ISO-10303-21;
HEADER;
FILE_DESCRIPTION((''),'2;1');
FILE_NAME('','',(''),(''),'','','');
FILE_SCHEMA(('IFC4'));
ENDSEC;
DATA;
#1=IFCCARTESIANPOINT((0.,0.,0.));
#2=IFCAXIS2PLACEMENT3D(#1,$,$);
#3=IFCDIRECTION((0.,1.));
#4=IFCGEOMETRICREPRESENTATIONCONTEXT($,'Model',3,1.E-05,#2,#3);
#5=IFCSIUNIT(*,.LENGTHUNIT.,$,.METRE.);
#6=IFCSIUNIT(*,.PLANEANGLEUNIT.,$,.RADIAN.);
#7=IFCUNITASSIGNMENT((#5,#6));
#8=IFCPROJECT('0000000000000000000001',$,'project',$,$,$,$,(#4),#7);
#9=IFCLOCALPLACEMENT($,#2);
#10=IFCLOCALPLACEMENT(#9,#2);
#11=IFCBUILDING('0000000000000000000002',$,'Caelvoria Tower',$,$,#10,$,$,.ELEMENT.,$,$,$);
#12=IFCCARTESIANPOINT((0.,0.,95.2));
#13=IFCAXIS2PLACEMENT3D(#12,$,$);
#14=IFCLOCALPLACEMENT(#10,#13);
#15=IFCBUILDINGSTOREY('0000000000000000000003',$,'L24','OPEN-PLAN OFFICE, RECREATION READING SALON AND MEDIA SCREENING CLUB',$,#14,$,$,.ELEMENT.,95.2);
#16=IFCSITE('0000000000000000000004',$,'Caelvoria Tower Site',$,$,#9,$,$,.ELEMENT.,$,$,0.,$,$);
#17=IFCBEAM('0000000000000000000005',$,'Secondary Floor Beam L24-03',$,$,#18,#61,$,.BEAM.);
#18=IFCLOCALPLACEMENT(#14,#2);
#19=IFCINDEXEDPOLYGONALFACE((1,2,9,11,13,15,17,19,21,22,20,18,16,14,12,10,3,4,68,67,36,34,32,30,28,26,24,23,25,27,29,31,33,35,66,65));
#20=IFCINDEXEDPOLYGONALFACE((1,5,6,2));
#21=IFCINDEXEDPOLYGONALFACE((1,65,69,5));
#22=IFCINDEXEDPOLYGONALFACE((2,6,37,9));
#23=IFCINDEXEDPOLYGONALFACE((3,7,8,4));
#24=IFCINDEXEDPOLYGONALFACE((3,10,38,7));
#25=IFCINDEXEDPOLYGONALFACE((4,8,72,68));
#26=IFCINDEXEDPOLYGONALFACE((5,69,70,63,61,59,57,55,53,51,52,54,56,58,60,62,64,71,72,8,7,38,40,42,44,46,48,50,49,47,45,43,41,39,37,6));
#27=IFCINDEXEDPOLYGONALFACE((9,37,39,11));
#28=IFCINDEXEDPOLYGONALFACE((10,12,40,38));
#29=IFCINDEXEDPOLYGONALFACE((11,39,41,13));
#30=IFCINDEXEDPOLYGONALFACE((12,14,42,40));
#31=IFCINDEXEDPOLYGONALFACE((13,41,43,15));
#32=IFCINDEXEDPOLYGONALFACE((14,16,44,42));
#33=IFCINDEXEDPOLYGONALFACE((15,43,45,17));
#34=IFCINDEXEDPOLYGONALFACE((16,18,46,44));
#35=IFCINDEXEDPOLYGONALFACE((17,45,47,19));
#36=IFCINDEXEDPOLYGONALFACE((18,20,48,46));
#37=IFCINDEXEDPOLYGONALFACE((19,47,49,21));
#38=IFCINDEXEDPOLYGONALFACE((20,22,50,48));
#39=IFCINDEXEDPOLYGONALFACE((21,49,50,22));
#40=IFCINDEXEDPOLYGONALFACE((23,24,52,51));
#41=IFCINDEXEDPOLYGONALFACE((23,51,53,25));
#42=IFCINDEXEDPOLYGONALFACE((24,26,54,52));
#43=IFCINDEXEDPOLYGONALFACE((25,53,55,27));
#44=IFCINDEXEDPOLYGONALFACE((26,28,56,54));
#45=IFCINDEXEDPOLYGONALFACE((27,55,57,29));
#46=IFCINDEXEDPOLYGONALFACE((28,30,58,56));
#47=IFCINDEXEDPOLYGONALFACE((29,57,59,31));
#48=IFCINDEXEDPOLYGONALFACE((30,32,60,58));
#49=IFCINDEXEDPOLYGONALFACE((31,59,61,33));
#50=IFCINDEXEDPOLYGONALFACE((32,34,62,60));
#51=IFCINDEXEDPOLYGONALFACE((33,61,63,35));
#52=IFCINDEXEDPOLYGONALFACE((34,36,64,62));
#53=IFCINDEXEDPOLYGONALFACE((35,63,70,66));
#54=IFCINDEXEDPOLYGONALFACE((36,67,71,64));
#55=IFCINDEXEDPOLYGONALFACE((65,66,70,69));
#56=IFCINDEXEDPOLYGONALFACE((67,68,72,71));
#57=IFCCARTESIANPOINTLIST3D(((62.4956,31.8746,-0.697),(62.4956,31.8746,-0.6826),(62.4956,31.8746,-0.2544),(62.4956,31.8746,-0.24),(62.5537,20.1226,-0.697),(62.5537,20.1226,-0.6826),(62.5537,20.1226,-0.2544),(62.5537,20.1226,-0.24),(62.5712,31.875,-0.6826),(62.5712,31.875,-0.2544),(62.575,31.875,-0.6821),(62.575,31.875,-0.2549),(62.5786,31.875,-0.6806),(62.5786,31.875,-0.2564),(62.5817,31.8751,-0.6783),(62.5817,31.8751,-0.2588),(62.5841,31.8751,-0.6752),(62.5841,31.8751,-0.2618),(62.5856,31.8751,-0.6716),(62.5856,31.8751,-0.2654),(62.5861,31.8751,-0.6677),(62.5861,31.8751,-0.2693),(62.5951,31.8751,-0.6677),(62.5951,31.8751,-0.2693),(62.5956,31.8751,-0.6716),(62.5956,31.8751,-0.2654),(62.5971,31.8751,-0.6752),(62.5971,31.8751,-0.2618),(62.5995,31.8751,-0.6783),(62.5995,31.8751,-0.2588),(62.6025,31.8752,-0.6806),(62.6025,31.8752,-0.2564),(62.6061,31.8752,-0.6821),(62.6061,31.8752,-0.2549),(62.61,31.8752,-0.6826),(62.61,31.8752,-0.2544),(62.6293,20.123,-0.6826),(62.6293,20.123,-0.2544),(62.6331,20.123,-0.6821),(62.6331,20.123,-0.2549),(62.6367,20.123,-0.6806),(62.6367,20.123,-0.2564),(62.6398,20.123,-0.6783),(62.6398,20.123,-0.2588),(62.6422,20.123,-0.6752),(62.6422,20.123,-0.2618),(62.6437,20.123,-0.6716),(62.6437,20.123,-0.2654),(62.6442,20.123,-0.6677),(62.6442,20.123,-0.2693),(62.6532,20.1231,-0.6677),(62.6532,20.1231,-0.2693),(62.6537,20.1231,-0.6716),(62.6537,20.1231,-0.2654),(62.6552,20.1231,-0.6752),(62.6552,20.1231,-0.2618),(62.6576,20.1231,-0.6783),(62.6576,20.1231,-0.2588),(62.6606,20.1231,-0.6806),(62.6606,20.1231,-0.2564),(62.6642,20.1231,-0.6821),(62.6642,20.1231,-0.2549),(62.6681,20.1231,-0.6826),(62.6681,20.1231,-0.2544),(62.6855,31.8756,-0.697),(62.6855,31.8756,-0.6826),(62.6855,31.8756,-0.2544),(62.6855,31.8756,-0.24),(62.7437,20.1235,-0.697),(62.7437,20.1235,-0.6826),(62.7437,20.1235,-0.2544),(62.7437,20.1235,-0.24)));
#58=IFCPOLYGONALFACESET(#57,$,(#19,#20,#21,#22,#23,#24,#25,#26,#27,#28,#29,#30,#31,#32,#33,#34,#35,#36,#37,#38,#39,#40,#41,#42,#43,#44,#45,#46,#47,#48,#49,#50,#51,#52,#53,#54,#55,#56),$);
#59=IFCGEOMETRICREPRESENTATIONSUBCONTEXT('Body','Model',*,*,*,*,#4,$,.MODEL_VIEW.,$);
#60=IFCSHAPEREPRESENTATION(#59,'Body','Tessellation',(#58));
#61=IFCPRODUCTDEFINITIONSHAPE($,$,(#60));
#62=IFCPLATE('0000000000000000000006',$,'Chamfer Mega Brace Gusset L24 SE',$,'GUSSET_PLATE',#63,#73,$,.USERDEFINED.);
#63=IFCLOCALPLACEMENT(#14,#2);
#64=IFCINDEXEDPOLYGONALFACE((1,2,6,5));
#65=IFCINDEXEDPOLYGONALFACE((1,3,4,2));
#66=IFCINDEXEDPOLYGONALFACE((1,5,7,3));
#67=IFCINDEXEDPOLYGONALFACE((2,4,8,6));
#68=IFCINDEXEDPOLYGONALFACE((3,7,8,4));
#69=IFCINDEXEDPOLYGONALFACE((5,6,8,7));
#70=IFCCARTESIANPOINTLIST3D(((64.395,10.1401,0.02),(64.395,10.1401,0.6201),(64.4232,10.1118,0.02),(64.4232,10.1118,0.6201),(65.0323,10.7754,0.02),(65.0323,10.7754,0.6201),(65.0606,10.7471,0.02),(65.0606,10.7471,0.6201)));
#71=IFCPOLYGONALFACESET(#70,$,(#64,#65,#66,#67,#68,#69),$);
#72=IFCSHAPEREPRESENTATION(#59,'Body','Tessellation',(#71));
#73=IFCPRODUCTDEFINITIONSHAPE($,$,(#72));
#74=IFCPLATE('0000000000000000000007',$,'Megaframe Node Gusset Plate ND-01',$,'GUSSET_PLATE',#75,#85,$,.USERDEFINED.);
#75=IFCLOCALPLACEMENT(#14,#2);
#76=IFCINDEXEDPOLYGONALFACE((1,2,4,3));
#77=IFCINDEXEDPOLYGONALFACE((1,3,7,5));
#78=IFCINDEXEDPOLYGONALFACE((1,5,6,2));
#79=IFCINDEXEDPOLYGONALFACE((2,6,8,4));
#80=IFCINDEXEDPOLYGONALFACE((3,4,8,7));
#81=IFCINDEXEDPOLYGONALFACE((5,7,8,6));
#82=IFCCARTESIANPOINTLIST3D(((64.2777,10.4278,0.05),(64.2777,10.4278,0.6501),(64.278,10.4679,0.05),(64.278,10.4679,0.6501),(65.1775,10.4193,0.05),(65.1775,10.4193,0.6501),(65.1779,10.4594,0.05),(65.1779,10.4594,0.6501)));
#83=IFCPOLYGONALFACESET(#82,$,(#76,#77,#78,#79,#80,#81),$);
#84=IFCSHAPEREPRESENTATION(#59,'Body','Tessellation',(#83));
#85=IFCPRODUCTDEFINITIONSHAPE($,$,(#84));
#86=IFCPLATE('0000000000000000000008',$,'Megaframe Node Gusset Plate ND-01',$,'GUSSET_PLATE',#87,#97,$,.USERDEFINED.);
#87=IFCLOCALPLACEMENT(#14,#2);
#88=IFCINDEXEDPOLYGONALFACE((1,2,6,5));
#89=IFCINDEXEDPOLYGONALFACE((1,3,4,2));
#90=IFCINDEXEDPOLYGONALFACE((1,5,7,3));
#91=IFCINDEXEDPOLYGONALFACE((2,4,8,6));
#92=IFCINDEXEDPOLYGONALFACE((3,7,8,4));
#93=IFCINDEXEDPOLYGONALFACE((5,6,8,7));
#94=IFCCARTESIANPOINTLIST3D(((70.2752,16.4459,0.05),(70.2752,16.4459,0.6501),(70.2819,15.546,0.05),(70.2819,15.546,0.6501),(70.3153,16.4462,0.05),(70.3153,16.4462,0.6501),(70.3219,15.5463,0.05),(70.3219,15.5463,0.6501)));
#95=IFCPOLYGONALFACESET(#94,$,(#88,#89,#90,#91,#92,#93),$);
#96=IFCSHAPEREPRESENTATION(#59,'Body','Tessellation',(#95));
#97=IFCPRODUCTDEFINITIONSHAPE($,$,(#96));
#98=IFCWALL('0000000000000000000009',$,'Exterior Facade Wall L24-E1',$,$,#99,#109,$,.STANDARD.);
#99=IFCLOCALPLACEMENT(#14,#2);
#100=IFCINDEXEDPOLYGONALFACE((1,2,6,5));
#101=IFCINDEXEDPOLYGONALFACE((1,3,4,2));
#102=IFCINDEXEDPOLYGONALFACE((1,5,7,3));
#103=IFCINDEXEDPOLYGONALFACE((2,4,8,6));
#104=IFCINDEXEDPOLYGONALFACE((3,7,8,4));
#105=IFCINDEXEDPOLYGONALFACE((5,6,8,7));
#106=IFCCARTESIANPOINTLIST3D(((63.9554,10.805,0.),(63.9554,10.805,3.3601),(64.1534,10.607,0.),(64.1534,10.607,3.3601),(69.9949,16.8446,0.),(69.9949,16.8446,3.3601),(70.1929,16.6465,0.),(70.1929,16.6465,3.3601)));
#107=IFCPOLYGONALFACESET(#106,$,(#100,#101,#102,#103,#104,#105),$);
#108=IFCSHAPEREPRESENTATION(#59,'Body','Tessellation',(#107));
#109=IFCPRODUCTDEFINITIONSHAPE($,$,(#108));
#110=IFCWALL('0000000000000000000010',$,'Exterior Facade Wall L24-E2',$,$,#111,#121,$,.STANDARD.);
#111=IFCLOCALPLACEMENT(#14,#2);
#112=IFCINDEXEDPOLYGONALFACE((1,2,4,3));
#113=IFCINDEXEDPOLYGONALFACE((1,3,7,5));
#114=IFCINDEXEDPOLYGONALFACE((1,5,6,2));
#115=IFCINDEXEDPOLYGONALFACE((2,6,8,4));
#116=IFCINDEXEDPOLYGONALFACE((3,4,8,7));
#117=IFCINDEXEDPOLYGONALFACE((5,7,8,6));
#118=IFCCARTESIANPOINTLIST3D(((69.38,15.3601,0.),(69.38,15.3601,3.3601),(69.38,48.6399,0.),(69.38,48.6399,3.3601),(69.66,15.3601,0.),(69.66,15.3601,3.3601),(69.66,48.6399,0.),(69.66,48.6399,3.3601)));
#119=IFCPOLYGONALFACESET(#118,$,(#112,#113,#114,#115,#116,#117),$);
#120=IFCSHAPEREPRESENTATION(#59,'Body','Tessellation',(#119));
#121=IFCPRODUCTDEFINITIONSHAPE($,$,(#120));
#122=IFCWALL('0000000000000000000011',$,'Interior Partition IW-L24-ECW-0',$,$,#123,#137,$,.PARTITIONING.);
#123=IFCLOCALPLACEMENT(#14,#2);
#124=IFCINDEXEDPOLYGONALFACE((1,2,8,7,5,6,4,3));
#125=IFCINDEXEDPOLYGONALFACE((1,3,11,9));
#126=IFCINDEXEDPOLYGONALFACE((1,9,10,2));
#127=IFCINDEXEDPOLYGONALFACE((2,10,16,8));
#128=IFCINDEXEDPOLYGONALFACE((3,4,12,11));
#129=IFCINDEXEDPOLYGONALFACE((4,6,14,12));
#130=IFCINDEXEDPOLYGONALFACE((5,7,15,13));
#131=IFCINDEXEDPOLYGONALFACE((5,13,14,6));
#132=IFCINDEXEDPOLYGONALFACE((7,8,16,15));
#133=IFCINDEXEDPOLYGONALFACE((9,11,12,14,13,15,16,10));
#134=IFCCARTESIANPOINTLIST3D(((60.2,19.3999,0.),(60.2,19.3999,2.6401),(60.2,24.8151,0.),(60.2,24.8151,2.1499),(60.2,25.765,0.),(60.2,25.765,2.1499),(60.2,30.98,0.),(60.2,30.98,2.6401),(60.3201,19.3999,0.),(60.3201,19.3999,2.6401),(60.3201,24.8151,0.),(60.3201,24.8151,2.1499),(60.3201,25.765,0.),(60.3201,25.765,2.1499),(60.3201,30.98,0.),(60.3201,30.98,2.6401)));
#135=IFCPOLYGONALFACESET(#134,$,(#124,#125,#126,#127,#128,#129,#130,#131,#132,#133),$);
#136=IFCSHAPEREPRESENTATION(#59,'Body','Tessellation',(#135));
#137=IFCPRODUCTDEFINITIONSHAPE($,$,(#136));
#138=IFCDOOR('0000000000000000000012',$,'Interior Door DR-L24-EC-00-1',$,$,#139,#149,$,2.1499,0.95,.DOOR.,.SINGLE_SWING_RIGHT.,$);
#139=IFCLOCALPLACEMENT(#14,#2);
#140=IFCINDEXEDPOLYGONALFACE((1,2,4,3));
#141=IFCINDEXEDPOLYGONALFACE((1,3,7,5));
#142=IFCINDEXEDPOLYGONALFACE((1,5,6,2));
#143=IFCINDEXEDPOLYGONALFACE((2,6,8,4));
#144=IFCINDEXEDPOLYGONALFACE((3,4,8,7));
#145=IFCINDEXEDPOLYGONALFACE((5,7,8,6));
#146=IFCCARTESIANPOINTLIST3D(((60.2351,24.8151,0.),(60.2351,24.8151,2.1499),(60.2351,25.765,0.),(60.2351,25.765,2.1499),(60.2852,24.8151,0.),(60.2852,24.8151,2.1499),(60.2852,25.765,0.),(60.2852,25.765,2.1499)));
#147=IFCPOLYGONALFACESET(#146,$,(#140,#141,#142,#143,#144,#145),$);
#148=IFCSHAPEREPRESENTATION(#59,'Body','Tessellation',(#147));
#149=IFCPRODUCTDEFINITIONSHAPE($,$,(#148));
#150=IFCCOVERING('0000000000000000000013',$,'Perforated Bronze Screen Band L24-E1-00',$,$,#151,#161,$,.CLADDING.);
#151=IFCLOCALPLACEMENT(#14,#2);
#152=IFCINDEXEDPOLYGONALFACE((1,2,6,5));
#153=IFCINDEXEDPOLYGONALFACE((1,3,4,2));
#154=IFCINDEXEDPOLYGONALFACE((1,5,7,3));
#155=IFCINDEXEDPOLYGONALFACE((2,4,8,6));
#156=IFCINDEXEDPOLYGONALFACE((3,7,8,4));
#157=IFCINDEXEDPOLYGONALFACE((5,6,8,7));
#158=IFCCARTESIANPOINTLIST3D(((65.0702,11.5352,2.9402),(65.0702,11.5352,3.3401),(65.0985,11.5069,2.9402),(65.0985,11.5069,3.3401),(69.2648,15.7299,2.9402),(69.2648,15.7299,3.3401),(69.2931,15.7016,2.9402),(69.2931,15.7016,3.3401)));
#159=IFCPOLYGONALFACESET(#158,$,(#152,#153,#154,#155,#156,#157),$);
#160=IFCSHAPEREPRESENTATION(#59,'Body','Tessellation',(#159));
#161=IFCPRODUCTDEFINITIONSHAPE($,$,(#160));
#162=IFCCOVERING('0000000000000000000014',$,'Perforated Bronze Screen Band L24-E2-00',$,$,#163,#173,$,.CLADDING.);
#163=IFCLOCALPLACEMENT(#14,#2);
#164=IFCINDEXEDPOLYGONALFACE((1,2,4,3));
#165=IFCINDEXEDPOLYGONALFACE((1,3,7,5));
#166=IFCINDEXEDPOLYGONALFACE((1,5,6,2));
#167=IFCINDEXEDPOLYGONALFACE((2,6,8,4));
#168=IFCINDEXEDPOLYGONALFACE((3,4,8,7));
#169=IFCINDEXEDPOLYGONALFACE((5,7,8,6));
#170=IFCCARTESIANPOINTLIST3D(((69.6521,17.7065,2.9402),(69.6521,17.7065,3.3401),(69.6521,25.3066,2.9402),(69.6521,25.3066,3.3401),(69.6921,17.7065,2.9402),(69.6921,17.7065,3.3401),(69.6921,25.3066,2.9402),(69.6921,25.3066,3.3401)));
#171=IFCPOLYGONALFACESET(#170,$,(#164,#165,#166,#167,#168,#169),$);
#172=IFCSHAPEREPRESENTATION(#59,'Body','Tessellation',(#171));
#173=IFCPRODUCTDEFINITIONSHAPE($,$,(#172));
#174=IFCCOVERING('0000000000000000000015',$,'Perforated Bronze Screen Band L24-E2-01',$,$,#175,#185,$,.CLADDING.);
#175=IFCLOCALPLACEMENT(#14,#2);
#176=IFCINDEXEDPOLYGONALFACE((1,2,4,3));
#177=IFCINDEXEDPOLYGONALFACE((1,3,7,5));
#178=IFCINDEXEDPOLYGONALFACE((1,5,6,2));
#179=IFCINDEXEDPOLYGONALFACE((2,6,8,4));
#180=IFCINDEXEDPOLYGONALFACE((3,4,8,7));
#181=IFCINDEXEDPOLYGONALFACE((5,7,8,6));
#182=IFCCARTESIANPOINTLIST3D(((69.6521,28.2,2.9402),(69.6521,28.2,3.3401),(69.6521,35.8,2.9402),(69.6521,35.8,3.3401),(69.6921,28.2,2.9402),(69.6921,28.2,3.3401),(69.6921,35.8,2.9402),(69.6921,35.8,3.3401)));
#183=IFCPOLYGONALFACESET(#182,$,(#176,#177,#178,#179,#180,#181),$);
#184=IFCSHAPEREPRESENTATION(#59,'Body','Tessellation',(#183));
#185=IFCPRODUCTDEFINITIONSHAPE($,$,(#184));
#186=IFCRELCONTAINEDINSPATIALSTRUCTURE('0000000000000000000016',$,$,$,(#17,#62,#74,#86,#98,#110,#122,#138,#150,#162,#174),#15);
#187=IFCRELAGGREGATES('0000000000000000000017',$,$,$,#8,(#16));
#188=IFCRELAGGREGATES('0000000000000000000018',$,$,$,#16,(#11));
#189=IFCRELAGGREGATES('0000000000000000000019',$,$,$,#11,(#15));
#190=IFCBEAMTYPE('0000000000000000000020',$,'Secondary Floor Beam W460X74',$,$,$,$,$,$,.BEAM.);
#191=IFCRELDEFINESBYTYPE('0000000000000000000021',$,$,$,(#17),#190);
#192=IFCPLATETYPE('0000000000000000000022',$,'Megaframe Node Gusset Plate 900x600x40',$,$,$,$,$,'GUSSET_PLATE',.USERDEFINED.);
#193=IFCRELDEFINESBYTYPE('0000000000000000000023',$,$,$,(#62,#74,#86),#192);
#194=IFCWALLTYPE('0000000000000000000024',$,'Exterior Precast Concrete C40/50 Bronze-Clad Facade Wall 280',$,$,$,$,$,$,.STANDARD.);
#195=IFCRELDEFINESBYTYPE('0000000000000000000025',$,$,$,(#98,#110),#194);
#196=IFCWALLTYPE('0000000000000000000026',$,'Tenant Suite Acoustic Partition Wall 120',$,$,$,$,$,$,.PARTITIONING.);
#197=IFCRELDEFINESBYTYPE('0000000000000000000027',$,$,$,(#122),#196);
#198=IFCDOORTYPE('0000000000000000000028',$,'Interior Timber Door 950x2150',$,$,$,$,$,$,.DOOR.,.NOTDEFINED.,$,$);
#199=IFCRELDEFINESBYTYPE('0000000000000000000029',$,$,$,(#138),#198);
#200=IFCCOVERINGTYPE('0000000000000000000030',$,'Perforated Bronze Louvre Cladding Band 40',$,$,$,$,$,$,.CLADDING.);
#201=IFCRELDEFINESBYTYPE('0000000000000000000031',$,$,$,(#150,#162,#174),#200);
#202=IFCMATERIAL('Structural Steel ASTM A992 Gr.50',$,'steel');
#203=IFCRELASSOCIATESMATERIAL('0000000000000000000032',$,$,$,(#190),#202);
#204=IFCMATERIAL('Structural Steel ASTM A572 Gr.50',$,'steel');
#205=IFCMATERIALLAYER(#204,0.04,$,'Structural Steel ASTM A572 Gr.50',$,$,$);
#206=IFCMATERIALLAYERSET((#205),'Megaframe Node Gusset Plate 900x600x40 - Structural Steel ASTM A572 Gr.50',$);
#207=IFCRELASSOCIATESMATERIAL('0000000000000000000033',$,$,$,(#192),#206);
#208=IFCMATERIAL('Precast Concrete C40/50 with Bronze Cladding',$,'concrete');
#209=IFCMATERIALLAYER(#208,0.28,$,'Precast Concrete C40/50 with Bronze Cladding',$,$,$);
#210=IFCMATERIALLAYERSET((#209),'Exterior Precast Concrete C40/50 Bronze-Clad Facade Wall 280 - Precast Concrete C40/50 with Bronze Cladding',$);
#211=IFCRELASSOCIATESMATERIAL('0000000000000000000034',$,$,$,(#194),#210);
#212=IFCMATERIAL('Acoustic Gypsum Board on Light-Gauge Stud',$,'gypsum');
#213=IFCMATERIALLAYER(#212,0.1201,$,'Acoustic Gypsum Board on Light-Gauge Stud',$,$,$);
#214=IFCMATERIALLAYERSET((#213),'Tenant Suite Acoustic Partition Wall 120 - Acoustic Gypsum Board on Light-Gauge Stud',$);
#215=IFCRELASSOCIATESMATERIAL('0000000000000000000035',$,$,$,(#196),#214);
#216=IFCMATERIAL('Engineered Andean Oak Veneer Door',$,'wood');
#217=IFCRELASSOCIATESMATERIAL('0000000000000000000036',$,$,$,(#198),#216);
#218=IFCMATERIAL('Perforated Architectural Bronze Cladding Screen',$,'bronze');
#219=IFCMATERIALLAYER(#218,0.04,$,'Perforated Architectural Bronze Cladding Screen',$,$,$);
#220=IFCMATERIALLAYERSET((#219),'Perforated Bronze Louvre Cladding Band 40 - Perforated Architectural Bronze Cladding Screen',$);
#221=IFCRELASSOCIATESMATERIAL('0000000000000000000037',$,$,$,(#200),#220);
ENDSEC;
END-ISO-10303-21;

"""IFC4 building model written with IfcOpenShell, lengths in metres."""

from ifc_helpers import new_model, si_unit, direction, frame, frame_2d, origin, origin_2d, place, context, subcontext, project, spatial, rectangle, i_section, extrude, material, layer, layer_set, material_profile, profile_set, type_object, element, fill, save


model = new_model("IFC4")

# Units and contexts
model_context = context("Model", 3, precision=1e-05, world=origin(), true_north=direction((0.0, 1.0)))
body_context = subcontext(model_context, "Body", "Model", "MODEL_VIEW")
ifc_project = project(units=[si_unit("LENGTHUNIT", "METRE"), si_unit("PLANEANGLEUNIT", "RADIAN")], contexts=[model_context])

# Site, building, storey
site_placement = place(None, origin())
site = spatial("IfcSite", under=ifc_project, at=site_placement, Name="Caelvoria Tower Site", CompositionType="ELEMENT", RefElevation=0.0)
building_placement = place(site_placement, origin())
building = spatial("IfcBuilding", under=site, at=building_placement, Name="Caelvoria Tower", CompositionType="ELEMENT")
storey_placement = place(building_placement, frame((0.0, 0.0, 95.2)))
storey = spatial("IfcBuildingStorey", under=building, at=storey_placement, Name="L24", Description="OPEN-PLAN OFFICE, RECREATION READING SALON AND MEDIA SCREENING CLUB", CompositionType="ELEMENT", Elevation=95.2)

# Shared definitions
ifc_material_1 = material(Name="Structural Steel ASTM A572 Gr.50", Category="steel")

# Beam
ifc_material_2 = material(Name="Structural Steel ASTM A992 Gr.50", Category="steel")
ifc_material_profile_1 = material_profile(ifc_material_2, i_section(OverallWidth=0.1899, OverallDepth=0.457, WebThickness=0.009, FlangeThickness=0.0144, FilletRadius=0.0149, at=origin_2d()), Name="Structural Steel ASTM A992 Gr.50")
ifc_profile_set_1 = profile_set([ifc_material_profile_1], Name="W460X74 - Structural Steel ASTM A992 Gr.50")
beam_type_1 = type_object("IfcBeamType", Name="Secondary Floor Beam W460X74", PredefinedType="BEAM", material=ifc_profile_set_1)
beam_1_placement = place(storey_placement, frame((62.6487, 20.123, -0.4685), z_axis=(-0.004944, 0.999988, 0.0), x_axis=(-0.999988, -0.004944, 0.0)))
element("IfcBeam", 1, at=beam_1_placement, inside=storey, type_object=beam_type_1, Name="Secondary Floor Beam L24-03", PredefinedType="BEAM", context=body_context, shape_type="SweptSolid", body=[
    extrude(i_section(OverallWidth=0.1899, OverallDepth=0.457, WebThickness=0.009, FlangeThickness=0.0144, FilletRadius=0.0149, at=origin_2d()), origin(), (0.0, 0.0, 1.0), 11.7522),
])

# Plates
ifc_layer_1 = layer(ifc_material_1, 0.04, Name="Structural Steel ASTM A572 Gr.50")
ifc_layer_set_1 = layer_set([ifc_layer_1], Name="Megaframe Node Gusset Plate 900x600x40 - Structural Steel ASTM A572 Gr.50")
plate_type = type_object("IfcPlateType", Name="Megaframe Node Gusset Plate 900x600x40", ElementType="GUSSET_PLATE", PredefinedType="USERDEFINED", material=ifc_layer_set_1)
for number, where, z_axis, x_axis, name in (
    (2, (64.7278, 10.4436, 0.02), (0.0, 0.0, 1.0), (0.708276, 0.705936, 0.0), "Chamfer Mega Brace Gusset L24 SE"),
    (3, (64.7278, 10.4436, 0.05), (0.0, 0.0, 1.0), (-0.999956, 0.009425, 0.0), "Megaframe Node Gusset Plate ND-01"),
    (4, (70.2986, 15.9961, 0.05), (0.0, 0.0, 1.0), (-0.007416, 0.999973, 0.0), "Megaframe Node Gusset Plate ND-01"),
):
    element("IfcPlate", number, at=place(storey_placement, frame(where, z_axis=z_axis, x_axis=x_axis)), inside=storey, type_object=plate_type, Name=name, ObjectType="GUSSET_PLATE", PredefinedType="USERDEFINED", context=body_context, shape_type="SweptSolid", body=[
        extrude(rectangle(XDim=0.8999, YDim=0.04, at=origin_2d()), origin(), (0.0, 0.0, 1.0), 0.6001),
    ])

# Walls
ifc_material_3 = material(Name="Precast Concrete C40/50 with Bronze Cladding", Category="concrete")
ifc_layer_2 = layer(ifc_material_3, 0.28, Name="Precast Concrete C40/50 with Bronze Cladding")
ifc_layer_set_2 = layer_set([ifc_layer_2], Name="Exterior Precast Concrete C40/50 Bronze-Clad Facade Wall 280 - Precast Concrete C40/50 with Bronze Cladding")
wall_type_1 = type_object("IfcWallType", Name="Exterior Precast Concrete C40/50 Bronze-Clad Facade Wall 280", PredefinedType="STANDARD", material=ifc_layer_set_2)
wall_1_placement = place(storey_placement, frame((64.0544, 10.7061, 0.0), z_axis=(0.0, 0.0, 1.0), x_axis=(0.707107, 0.707107, 0.0)))
element("IfcWall", 5, at=wall_1_placement, inside=storey, type_object=wall_type_1, Name="Exterior Facade Wall L24-E1", PredefinedType="STANDARD", context=body_context, shape_type="SweptSolid", body=[
    extrude(rectangle(XDim=8.5413, YDim=0.28, at=frame_2d((4.2705, 0.0))), origin(), (0.0, 0.0, 1.0), 3.3601),
])
wall_2_placement = place(storey_placement, frame((69.52, 15.3601, 0.0), z_axis=(0.0, 0.0, 1.0), x_axis=(0.0, 1.0, 0.0)))
element("IfcWall", 6, at=wall_2_placement, inside=storey, type_object=wall_type_1, Name="Exterior Facade Wall L24-E2", PredefinedType="STANDARD", context=body_context, shape_type="SweptSolid", body=[
    extrude(rectangle(XDim=33.2798, YDim=0.28, at=frame_2d((16.6399, 0.0))), origin(), (0.0, 0.0, 1.0), 3.3601),
])

# Wall, opening, door
ifc_material_4 = material(Name="Acoustic Gypsum Board on Light-Gauge Stud", Category="gypsum")
ifc_layer_3 = layer(ifc_material_4, 0.1201, Name="Acoustic Gypsum Board on Light-Gauge Stud")
ifc_layer_set_3 = layer_set([ifc_layer_3], Name="Tenant Suite Acoustic Partition Wall 120 - Acoustic Gypsum Board on Light-Gauge Stud")
wall_type_2 = type_object("IfcWallType", Name="Tenant Suite Acoustic Partition Wall 120", PredefinedType="PARTITIONING", material=ifc_layer_set_3)
wall_3_placement = place(storey_placement, frame((60.26, 19.3999, 0.0), z_axis=(0.0, 0.0, 1.0), x_axis=(0.0, 1.0, 0.0)))
wall_3 = element("IfcWall", 7, at=wall_3_placement, inside=storey, type_object=wall_type_2, Name="Interior Partition IW-L24-ECW-0", PredefinedType="PARTITIONING", context=body_context, shape_type="SweptSolid", body=[
    extrude(rectangle(XDim=11.5801, YDim=0.1201, at=frame_2d((5.79, 0.0))), origin(), (0.0, 0.0, 1.0), 2.6401),
])
opening_placement = place(wall_3_placement, frame((5.415, 0.0, 0.0)))
opening = element("IfcOpeningElement", 8, at=opening_placement, cuts=wall_3, PredefinedType="OPENING", context=body_context, shape_type="SweptSolid", body=[
    extrude(rectangle(XDim=0.95, YDim=2.1499, at=frame_2d((0.4751, 1.075))), frame((0.0, 0.0701, 0.0), z_axis=(0.0, -1.0, 0.0), x_axis=(1.0, 0.0, 0.0)), (0.0, 0.0, 1.0), 0.1401),
])
ifc_material_5 = material(Name="Engineered Andean Oak Veneer Door", Category="wood")
door_type = type_object("IfcDoorType", Name="Interior Timber Door 950x2150", OperationType="NOTDEFINED", PredefinedType="DOOR", material=ifc_material_5)
door_placement = place(opening_placement, origin())
door = element("IfcDoor", 9, at=door_placement, inside=storey, type_object=door_type, Name="Interior Door DR-L24-EC-00-1", OperationType="SINGLE_SWING_RIGHT", OverallHeight=2.1499, OverallWidth=0.95, PredefinedType="DOOR", context=body_context, shape_type="SweptSolid", body=[
    extrude(rectangle(XDim=0.95, YDim=2.1499, at=frame_2d((0.4751, 1.075))), frame((0.0, 0.0249, 0.0), z_axis=(0.0, -1.0, 0.0), x_axis=(1.0, 0.0, 0.0)), (0.0, 0.0, 1.0), 0.05),
])
fill(opening, door)

# Coverings
ifc_material_6 = material(Name="Perforated Architectural Bronze Cladding Screen", Category="bronze")
ifc_layer_4 = layer(ifc_material_6, 0.04, Name="Perforated Architectural Bronze Cladding Screen")
ifc_layer_set_4 = layer_set([ifc_layer_4], Name="Perforated Bronze Louvre Cladding Band 40 - Perforated Architectural Bronze Cladding Screen")
covering_type = type_object("IfcCoveringType", Name="Perforated Bronze Louvre Cladding Band 40", PredefinedType="CLADDING", material=ifc_layer_set_4)
covering_placement = place(storey_placement, frame((67.1816, 13.6184, 2.9402), z_axis=(0.0, 0.0, 1.0), x_axis=(0.707107, 0.707107, 0.0)))
element("IfcCovering", 10, at=covering_placement, inside=storey, type_object=covering_type, Name="Perforated Bronze Screen Band L24-E1-00", PredefinedType="CLADDING", context=body_context, shape_type="SweptSolid", body=[
    extrude(rectangle(XDim=5.9321, YDim=0.04, at=origin_2d()), origin(), (0.0, 0.0, 1.0), 0.3999),
])
for number, where, z_axis, x_axis, name in (
    (11, (69.6721, 21.5066, 2.9402), (0.0, 0.0, 1.0), (0.0, 1.0, 0.0), "Perforated Bronze Screen Band L24-E2-00"),
    (12, (69.6721, 32.0, 2.9402), (0.0, 0.0, 1.0), (0.0, 1.0, 0.0), "Perforated Bronze Screen Band L24-E2-01"),
):
    element("IfcCovering", number, at=place(storey_placement, frame(where, z_axis=z_axis, x_axis=x_axis)), inside=storey, type_object=covering_type, Name=name, PredefinedType="CLADDING", context=body_context, shape_type="SweptSolid", body=[
        extrude(rectangle(XDim=7.6001, YDim=0.04, at=origin_2d()), origin(), (0.0, 0.0, 1.0), 0.3999),
    ])

save(model, "model.ifc")
